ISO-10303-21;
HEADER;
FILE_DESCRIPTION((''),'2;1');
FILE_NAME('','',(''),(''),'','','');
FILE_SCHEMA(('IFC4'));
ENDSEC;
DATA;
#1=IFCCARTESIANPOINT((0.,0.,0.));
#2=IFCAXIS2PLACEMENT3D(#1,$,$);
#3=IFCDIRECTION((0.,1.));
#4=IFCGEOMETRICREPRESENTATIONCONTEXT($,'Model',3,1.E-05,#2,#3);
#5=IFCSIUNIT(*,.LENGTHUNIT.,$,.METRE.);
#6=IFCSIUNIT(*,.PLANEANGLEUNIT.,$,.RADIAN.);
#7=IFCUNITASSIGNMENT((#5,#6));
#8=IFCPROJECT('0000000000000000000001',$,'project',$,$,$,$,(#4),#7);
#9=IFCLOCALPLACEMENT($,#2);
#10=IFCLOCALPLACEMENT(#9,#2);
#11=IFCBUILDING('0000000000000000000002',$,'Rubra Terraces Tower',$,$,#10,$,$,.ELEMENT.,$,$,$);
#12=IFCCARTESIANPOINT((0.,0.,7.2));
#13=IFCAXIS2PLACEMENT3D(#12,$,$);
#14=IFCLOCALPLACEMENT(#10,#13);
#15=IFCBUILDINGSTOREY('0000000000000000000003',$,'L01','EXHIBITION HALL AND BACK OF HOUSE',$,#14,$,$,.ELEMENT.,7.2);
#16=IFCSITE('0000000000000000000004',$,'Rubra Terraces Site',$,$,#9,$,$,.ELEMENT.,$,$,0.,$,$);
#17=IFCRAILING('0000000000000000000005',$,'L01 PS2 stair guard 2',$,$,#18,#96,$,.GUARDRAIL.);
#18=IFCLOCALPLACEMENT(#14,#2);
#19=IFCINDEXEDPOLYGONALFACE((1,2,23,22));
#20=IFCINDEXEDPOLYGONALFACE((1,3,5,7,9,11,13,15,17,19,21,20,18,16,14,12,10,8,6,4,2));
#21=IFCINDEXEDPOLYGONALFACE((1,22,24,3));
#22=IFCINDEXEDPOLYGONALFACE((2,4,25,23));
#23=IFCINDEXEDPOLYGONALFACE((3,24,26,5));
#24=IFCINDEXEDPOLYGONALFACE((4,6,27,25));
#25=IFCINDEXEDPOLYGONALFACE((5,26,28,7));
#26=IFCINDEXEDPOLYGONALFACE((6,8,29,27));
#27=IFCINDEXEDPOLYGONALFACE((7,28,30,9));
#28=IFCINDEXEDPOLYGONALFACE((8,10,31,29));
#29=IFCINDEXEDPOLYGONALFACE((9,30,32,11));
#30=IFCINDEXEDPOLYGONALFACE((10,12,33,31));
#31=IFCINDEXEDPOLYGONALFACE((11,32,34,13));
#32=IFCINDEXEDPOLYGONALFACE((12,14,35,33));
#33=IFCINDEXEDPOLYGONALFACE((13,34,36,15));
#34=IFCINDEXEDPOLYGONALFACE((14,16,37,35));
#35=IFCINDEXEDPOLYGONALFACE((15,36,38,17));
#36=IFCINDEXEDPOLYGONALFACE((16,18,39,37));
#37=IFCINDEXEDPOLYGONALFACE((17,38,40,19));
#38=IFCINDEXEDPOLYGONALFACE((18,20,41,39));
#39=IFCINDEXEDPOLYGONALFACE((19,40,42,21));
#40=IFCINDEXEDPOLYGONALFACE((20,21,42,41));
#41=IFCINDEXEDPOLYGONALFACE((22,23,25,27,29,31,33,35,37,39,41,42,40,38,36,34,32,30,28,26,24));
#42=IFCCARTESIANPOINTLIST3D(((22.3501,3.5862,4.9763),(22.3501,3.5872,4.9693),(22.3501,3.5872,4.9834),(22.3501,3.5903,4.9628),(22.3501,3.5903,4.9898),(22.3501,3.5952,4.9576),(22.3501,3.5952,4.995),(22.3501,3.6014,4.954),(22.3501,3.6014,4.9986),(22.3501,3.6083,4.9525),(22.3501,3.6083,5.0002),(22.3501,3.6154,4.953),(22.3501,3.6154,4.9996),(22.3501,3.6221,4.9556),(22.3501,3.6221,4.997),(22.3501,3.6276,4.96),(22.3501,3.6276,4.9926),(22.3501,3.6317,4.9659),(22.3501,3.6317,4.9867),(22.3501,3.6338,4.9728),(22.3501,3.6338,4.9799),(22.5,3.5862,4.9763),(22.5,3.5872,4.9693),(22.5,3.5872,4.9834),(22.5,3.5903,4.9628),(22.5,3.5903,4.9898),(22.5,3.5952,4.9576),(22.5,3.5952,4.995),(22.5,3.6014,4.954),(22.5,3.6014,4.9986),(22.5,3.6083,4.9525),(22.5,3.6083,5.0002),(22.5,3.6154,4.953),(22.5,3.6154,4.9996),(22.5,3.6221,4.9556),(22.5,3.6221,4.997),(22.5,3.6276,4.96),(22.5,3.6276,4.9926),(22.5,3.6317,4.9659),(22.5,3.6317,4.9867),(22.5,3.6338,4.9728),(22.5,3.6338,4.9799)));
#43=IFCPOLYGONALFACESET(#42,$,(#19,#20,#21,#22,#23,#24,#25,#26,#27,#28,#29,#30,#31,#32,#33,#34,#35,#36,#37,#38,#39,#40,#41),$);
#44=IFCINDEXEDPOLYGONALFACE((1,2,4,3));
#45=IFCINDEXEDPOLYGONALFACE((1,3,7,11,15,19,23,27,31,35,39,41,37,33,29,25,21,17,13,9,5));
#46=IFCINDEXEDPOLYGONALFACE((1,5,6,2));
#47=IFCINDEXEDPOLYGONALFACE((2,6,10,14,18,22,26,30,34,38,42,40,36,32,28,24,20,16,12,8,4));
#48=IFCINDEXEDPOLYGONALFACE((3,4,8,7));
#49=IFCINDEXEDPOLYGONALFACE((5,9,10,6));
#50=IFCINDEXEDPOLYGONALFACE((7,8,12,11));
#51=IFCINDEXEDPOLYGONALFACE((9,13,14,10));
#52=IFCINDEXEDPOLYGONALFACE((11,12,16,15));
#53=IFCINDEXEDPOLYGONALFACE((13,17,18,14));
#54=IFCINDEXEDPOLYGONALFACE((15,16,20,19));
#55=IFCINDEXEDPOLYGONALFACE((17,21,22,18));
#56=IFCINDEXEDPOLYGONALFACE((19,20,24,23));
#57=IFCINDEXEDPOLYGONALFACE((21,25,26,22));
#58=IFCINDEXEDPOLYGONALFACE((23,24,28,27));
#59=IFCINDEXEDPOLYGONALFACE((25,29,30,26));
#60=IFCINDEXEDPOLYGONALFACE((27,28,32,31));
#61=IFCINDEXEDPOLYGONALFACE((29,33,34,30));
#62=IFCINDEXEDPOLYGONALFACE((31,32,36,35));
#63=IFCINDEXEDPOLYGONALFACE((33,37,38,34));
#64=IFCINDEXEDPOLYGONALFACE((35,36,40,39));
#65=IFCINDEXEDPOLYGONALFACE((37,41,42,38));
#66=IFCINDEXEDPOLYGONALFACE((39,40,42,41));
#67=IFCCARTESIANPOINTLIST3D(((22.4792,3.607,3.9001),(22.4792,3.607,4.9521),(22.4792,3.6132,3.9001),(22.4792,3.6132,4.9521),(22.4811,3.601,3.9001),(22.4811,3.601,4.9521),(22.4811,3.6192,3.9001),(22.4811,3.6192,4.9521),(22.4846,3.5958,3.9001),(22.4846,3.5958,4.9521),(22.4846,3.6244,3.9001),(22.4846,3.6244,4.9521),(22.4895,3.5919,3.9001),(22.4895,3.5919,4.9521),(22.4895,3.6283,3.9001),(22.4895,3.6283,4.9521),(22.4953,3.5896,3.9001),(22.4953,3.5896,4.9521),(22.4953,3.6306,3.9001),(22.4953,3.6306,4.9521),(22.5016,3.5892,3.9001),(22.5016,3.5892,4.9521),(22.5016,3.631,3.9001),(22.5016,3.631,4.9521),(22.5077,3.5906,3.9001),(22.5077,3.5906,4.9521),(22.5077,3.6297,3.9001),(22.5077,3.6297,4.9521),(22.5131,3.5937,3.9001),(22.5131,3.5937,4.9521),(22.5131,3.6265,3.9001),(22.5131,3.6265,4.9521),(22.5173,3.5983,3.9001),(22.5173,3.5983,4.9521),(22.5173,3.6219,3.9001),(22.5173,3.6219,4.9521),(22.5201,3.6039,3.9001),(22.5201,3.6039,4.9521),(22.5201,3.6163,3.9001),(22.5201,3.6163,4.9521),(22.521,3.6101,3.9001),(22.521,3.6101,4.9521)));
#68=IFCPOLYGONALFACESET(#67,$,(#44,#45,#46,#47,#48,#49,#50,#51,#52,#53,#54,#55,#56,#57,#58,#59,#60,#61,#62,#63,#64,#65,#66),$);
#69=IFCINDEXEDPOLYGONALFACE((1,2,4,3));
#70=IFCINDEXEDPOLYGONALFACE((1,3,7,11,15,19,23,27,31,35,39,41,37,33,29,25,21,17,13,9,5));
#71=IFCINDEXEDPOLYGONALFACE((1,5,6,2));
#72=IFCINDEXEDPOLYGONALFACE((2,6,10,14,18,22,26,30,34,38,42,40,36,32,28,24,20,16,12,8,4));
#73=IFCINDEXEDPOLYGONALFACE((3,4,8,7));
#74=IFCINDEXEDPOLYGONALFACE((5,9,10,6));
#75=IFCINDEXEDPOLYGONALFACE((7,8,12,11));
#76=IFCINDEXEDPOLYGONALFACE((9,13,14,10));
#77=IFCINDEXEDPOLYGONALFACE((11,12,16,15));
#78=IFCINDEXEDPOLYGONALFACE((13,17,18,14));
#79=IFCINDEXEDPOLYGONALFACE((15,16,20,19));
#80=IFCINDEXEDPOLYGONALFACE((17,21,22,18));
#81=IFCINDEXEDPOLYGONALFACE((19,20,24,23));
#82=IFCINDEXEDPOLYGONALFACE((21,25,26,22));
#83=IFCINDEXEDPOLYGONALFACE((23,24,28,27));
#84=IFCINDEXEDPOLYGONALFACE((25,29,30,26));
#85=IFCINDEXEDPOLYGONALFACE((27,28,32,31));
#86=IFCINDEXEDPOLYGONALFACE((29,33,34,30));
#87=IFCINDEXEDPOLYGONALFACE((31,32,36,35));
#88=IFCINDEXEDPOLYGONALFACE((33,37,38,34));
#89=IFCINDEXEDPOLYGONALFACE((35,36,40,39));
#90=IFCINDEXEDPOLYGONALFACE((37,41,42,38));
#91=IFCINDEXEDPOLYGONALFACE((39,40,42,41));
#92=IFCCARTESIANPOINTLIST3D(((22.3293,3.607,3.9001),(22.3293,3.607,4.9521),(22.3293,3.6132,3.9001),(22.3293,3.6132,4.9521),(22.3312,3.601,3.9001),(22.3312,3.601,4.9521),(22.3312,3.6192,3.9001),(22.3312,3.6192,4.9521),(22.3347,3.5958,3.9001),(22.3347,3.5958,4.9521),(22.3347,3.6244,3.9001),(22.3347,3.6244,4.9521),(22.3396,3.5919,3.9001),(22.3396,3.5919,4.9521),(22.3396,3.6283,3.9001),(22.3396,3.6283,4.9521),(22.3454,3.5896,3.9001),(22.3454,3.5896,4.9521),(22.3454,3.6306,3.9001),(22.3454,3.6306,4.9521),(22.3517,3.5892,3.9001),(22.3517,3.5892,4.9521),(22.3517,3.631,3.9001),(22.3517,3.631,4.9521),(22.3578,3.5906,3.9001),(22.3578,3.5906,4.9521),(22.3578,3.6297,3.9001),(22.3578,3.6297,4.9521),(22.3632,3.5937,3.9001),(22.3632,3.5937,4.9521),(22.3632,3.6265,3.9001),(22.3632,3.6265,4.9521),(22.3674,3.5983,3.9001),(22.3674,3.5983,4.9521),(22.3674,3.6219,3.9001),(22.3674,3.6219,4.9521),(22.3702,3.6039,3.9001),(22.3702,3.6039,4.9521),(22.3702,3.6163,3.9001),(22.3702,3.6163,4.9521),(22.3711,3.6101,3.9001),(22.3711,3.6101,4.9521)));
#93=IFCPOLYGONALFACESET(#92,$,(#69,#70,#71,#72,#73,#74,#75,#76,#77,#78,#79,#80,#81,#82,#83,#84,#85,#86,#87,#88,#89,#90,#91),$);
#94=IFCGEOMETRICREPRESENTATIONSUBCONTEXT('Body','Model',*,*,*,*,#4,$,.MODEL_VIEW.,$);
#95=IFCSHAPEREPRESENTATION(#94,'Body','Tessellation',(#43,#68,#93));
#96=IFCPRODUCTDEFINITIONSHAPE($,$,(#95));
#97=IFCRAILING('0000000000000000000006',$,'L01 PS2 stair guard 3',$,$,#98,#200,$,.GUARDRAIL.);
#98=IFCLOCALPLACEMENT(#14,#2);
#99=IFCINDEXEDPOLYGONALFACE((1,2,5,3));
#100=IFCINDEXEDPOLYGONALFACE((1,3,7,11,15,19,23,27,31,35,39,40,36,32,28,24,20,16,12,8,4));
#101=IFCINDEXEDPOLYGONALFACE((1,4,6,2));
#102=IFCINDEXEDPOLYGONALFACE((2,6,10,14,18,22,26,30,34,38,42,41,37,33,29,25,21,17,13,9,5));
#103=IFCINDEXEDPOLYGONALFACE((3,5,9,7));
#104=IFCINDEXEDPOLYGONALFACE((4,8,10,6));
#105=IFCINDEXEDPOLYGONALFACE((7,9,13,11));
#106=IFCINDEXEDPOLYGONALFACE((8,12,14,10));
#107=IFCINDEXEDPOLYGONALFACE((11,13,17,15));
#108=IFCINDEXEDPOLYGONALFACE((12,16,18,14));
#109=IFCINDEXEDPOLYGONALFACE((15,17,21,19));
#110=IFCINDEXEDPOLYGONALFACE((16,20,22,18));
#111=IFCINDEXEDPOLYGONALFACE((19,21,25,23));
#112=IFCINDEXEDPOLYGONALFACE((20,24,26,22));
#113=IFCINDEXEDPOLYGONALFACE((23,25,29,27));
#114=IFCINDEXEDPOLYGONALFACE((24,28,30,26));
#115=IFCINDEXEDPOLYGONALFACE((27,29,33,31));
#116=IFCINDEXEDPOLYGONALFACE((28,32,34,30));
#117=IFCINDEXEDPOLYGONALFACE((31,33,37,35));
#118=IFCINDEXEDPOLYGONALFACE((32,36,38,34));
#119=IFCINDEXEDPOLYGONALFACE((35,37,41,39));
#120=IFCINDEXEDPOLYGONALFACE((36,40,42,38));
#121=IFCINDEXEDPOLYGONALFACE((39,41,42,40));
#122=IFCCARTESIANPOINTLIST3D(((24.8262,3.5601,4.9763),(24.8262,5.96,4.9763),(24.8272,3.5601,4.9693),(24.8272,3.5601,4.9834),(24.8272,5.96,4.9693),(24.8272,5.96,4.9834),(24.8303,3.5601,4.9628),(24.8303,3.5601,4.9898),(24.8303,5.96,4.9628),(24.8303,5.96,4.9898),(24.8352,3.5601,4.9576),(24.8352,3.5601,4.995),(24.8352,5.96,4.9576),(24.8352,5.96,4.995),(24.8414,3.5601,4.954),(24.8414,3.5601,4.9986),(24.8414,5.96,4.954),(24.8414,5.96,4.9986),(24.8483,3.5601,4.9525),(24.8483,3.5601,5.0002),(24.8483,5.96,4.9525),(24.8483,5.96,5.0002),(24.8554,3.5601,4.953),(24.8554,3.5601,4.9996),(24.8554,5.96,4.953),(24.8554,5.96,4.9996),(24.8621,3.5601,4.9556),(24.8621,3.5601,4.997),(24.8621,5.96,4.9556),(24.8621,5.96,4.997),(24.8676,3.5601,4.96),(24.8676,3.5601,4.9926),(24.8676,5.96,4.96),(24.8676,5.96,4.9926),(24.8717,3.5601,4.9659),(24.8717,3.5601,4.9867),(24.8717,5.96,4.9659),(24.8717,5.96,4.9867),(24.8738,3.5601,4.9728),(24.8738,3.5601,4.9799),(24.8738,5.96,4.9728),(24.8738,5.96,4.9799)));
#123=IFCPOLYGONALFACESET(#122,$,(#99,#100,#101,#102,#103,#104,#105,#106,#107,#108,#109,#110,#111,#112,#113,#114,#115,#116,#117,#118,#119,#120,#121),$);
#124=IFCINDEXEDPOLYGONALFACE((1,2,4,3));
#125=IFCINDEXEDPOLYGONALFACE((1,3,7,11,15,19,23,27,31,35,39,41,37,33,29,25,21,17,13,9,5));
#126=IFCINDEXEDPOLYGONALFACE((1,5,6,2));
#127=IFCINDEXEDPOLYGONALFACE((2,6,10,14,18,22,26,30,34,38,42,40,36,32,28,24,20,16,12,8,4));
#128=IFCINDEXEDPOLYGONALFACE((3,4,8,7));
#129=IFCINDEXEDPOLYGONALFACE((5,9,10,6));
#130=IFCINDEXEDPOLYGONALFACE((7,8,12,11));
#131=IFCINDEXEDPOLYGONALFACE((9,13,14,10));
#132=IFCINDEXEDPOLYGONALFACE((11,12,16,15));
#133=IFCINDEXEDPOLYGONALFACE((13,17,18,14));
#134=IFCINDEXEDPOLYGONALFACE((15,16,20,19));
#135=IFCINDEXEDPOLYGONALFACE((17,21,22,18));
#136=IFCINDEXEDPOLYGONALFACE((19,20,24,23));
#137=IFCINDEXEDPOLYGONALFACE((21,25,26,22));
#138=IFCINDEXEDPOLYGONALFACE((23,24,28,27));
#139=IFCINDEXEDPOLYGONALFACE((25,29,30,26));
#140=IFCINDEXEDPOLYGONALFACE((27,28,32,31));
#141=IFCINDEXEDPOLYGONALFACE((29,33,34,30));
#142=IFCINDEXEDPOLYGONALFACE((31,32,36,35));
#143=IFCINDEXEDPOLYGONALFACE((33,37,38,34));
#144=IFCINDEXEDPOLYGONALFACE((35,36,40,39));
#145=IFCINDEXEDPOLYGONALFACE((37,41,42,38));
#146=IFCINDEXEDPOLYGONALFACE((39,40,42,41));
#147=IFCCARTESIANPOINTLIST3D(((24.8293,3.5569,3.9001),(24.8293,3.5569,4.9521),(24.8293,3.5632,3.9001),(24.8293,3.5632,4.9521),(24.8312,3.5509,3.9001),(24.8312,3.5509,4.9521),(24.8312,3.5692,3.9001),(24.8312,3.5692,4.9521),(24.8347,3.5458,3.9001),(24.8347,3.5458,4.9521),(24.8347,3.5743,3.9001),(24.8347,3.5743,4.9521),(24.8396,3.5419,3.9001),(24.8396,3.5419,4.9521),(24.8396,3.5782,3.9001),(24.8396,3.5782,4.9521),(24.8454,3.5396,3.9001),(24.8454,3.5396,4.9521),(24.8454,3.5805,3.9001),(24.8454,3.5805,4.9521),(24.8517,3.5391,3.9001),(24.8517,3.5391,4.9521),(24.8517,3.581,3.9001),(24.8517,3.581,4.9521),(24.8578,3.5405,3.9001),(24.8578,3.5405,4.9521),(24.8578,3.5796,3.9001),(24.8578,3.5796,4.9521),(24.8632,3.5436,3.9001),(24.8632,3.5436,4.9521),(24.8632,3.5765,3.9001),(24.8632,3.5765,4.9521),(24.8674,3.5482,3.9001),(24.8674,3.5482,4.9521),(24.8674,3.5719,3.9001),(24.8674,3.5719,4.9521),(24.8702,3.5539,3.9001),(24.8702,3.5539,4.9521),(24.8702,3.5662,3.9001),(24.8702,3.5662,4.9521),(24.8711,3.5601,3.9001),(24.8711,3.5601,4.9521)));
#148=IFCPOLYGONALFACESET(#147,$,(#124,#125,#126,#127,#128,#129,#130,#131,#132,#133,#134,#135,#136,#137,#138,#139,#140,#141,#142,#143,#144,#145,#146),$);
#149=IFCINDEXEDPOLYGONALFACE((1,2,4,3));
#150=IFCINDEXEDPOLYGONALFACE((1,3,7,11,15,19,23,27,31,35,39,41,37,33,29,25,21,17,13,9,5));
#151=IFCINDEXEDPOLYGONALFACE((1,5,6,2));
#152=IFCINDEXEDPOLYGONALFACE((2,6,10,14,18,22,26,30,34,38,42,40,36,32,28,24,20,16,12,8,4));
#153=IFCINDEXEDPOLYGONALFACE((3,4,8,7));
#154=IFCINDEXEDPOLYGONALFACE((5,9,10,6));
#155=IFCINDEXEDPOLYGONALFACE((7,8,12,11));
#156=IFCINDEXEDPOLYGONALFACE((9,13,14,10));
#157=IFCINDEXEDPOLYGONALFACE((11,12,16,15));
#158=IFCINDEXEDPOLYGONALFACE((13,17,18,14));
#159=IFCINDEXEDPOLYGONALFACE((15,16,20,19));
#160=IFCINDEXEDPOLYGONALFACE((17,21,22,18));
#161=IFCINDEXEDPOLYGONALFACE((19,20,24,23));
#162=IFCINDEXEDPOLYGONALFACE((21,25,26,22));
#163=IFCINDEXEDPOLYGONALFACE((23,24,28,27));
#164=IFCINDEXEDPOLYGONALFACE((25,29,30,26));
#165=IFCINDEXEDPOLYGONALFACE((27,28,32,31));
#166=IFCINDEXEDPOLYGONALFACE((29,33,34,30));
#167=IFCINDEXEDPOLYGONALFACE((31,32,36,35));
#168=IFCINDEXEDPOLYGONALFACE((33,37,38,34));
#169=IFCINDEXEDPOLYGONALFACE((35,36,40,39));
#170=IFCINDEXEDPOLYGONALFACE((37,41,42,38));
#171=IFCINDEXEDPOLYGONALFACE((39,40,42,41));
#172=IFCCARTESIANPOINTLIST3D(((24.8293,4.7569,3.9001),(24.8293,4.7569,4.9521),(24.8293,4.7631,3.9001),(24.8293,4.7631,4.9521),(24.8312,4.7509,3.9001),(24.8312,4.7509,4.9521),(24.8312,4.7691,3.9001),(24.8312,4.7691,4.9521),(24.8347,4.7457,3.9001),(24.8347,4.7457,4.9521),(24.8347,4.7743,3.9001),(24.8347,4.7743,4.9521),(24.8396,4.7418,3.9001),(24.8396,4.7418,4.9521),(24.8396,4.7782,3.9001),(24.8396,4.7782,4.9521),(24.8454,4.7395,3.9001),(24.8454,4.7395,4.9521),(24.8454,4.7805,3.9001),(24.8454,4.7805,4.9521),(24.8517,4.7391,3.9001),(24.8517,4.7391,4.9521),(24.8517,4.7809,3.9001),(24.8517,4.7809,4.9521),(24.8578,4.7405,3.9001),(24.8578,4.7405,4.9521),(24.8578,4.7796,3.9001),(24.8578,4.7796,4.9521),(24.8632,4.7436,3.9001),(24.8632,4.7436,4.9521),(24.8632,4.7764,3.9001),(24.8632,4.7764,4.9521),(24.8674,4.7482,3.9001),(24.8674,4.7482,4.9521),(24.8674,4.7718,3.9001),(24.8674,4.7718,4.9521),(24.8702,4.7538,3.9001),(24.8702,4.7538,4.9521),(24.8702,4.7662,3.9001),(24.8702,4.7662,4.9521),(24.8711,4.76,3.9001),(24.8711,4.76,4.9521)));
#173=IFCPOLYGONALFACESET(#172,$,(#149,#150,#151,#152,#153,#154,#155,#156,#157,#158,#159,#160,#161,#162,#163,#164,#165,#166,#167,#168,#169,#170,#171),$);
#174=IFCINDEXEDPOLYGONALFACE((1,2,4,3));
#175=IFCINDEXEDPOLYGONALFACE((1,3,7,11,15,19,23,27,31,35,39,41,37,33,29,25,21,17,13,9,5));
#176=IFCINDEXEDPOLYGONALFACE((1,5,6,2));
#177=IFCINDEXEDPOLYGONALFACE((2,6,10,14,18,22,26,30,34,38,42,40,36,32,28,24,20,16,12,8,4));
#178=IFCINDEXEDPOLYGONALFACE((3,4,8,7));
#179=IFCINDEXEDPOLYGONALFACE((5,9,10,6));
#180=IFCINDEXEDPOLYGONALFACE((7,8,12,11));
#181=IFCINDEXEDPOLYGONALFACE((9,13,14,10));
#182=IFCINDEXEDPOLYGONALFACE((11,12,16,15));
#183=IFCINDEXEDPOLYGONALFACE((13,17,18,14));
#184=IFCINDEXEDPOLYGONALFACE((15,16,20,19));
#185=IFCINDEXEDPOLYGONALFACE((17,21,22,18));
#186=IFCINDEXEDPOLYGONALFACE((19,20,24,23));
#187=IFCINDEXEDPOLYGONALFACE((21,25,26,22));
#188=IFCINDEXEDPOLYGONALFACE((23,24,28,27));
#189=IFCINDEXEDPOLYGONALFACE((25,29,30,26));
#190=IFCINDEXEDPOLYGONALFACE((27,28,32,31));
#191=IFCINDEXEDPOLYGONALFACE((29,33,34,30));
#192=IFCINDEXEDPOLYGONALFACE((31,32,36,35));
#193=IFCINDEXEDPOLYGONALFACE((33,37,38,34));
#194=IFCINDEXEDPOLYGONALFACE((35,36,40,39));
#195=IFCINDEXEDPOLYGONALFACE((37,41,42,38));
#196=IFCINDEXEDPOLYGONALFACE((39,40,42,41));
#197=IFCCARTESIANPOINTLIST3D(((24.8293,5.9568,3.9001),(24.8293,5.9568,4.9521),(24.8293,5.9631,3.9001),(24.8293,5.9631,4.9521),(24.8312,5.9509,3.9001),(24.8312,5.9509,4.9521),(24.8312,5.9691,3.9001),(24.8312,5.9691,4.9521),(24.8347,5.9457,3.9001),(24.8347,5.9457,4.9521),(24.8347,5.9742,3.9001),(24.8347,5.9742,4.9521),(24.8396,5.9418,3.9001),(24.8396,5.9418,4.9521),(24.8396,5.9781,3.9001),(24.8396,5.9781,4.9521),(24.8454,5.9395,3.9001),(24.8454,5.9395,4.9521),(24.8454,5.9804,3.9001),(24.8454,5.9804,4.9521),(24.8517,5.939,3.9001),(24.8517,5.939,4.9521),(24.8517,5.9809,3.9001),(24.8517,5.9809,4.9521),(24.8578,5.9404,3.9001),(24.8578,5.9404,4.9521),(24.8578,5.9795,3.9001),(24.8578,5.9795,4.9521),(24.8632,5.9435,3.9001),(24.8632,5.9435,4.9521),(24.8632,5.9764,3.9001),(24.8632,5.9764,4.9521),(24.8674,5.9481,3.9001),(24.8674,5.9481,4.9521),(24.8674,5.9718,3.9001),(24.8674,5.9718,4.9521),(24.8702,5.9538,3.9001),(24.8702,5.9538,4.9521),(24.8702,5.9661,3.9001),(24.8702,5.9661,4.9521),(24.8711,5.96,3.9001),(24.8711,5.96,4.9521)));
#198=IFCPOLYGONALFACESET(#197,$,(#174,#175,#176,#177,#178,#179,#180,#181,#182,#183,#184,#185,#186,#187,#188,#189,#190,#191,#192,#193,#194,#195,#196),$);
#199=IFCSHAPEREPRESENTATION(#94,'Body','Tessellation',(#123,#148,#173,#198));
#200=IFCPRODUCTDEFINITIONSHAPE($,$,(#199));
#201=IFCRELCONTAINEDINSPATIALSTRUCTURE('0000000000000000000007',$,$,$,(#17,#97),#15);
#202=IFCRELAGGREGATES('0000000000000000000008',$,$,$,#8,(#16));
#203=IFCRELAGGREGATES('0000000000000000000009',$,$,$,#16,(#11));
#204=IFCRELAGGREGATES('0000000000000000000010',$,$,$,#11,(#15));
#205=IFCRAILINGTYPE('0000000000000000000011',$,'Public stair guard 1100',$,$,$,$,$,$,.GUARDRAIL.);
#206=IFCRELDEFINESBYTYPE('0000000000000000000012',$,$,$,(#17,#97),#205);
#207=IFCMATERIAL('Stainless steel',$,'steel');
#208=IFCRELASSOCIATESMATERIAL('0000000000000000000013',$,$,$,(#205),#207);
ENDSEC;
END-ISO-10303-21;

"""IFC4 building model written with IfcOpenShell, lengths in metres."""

from ifc_helpers import new_model, si_unit, direction, frame, origin, origin_2d, place, context, subcontext, project, spatial, circle, extrude, material, type_object, element, save


model = new_model("IFC4")

# Units and contexts
model_context = context("Model", 3, precision=1e-05, world=origin(), true_north=direction((0.0, 1.0)))
body_context = subcontext(model_context, "Body", "Model", "MODEL_VIEW")
ifc_project = project(units=[si_unit("LENGTHUNIT", "METRE"), si_unit("PLANEANGLEUNIT", "RADIAN")], contexts=[model_context])

# Site, building, storey
site_placement = place(None, origin())
site = spatial("IfcSite", under=ifc_project, at=site_placement, Name="Rubra Terraces Site", CompositionType="ELEMENT", RefElevation=0.0)
building_placement = place(site_placement, origin())
building = spatial("IfcBuilding", under=site, at=building_placement, Name="Rubra Terraces Tower", CompositionType="ELEMENT")
storey_placement = place(building_placement, frame((0.0, 0.0, 7.2)))
storey = spatial("IfcBuildingStorey", under=building, at=storey_placement, Name="L01", Description="EXHIBITION HALL AND BACK OF HOUSE", CompositionType="ELEMENT", Elevation=7.2)

# Railings
ifc_material_1 = material(Name="Stainless steel", Category="steel")
railing_type_1 = type_object("IfcRailingType", Name="Public stair guard 1100", PredefinedType="GUARDRAIL", material=ifc_material_1)
railing_1_placement = place(storey_placement, frame((22.5, 3.6101, 3.9001)))
element("IfcRailing", 1, at=railing_1_placement, inside=storey, type_object=railing_type_1, Name="L01 PS2 stair guard 2", PredefinedType="GUARDRAIL", context=body_context, shape_type="SweptSolid", body=[
    extrude(circle(Radius=0.0239, at=origin_2d()), frame((0.0, 0.0, 1.0762), z_axis=(-1.0, 0.0, 0.0), x_axis=(0.0, -1.0, 0.0)), (0.0, 0.0, 1.0), 0.1499),
    extrude(circle(Radius=0.021, at=origin_2d()), origin(), (0.0, 0.0, 1.0), 1.052),
    extrude(circle(Radius=0.021, at=origin_2d()), frame((-0.1499, 0.0, 0.0)), (0.0, 0.0, 1.0), 1.052),
])
for number, where, name in (
    (2, (24.8501, 3.5601, 3.9001), "L01 PS2 stair guard 3"),
):
    element("IfcRailing", number, at=place(storey_placement, frame(where)), inside=storey, type_object=railing_type_1, Name=name, PredefinedType="GUARDRAIL", context=body_context, shape_type="SweptSolid", body=[
        extrude(circle(Radius=0.0239, at=origin_2d()), frame((0.0, 0.0, 1.0762), z_axis=(0.0, 1.0, 0.0), x_axis=(-1.0, 0.0, 0.0)), (0.0, 0.0, 1.0), 2.3999),
        extrude(circle(Radius=0.021, at=origin_2d()), origin(), (0.0, 0.0, 1.0), 1.052),
        extrude(circle(Radius=0.021, at=origin_2d()), frame((0.0, 1.2, 0.0)), (0.0, 0.0, 1.0), 1.052),
        extrude(circle(Radius=0.021, at=origin_2d()), frame((0.0, 2.3999, 0.0)), (0.0, 0.0, 1.0), 1.052),
    ])

save(model, "model.ifc")
